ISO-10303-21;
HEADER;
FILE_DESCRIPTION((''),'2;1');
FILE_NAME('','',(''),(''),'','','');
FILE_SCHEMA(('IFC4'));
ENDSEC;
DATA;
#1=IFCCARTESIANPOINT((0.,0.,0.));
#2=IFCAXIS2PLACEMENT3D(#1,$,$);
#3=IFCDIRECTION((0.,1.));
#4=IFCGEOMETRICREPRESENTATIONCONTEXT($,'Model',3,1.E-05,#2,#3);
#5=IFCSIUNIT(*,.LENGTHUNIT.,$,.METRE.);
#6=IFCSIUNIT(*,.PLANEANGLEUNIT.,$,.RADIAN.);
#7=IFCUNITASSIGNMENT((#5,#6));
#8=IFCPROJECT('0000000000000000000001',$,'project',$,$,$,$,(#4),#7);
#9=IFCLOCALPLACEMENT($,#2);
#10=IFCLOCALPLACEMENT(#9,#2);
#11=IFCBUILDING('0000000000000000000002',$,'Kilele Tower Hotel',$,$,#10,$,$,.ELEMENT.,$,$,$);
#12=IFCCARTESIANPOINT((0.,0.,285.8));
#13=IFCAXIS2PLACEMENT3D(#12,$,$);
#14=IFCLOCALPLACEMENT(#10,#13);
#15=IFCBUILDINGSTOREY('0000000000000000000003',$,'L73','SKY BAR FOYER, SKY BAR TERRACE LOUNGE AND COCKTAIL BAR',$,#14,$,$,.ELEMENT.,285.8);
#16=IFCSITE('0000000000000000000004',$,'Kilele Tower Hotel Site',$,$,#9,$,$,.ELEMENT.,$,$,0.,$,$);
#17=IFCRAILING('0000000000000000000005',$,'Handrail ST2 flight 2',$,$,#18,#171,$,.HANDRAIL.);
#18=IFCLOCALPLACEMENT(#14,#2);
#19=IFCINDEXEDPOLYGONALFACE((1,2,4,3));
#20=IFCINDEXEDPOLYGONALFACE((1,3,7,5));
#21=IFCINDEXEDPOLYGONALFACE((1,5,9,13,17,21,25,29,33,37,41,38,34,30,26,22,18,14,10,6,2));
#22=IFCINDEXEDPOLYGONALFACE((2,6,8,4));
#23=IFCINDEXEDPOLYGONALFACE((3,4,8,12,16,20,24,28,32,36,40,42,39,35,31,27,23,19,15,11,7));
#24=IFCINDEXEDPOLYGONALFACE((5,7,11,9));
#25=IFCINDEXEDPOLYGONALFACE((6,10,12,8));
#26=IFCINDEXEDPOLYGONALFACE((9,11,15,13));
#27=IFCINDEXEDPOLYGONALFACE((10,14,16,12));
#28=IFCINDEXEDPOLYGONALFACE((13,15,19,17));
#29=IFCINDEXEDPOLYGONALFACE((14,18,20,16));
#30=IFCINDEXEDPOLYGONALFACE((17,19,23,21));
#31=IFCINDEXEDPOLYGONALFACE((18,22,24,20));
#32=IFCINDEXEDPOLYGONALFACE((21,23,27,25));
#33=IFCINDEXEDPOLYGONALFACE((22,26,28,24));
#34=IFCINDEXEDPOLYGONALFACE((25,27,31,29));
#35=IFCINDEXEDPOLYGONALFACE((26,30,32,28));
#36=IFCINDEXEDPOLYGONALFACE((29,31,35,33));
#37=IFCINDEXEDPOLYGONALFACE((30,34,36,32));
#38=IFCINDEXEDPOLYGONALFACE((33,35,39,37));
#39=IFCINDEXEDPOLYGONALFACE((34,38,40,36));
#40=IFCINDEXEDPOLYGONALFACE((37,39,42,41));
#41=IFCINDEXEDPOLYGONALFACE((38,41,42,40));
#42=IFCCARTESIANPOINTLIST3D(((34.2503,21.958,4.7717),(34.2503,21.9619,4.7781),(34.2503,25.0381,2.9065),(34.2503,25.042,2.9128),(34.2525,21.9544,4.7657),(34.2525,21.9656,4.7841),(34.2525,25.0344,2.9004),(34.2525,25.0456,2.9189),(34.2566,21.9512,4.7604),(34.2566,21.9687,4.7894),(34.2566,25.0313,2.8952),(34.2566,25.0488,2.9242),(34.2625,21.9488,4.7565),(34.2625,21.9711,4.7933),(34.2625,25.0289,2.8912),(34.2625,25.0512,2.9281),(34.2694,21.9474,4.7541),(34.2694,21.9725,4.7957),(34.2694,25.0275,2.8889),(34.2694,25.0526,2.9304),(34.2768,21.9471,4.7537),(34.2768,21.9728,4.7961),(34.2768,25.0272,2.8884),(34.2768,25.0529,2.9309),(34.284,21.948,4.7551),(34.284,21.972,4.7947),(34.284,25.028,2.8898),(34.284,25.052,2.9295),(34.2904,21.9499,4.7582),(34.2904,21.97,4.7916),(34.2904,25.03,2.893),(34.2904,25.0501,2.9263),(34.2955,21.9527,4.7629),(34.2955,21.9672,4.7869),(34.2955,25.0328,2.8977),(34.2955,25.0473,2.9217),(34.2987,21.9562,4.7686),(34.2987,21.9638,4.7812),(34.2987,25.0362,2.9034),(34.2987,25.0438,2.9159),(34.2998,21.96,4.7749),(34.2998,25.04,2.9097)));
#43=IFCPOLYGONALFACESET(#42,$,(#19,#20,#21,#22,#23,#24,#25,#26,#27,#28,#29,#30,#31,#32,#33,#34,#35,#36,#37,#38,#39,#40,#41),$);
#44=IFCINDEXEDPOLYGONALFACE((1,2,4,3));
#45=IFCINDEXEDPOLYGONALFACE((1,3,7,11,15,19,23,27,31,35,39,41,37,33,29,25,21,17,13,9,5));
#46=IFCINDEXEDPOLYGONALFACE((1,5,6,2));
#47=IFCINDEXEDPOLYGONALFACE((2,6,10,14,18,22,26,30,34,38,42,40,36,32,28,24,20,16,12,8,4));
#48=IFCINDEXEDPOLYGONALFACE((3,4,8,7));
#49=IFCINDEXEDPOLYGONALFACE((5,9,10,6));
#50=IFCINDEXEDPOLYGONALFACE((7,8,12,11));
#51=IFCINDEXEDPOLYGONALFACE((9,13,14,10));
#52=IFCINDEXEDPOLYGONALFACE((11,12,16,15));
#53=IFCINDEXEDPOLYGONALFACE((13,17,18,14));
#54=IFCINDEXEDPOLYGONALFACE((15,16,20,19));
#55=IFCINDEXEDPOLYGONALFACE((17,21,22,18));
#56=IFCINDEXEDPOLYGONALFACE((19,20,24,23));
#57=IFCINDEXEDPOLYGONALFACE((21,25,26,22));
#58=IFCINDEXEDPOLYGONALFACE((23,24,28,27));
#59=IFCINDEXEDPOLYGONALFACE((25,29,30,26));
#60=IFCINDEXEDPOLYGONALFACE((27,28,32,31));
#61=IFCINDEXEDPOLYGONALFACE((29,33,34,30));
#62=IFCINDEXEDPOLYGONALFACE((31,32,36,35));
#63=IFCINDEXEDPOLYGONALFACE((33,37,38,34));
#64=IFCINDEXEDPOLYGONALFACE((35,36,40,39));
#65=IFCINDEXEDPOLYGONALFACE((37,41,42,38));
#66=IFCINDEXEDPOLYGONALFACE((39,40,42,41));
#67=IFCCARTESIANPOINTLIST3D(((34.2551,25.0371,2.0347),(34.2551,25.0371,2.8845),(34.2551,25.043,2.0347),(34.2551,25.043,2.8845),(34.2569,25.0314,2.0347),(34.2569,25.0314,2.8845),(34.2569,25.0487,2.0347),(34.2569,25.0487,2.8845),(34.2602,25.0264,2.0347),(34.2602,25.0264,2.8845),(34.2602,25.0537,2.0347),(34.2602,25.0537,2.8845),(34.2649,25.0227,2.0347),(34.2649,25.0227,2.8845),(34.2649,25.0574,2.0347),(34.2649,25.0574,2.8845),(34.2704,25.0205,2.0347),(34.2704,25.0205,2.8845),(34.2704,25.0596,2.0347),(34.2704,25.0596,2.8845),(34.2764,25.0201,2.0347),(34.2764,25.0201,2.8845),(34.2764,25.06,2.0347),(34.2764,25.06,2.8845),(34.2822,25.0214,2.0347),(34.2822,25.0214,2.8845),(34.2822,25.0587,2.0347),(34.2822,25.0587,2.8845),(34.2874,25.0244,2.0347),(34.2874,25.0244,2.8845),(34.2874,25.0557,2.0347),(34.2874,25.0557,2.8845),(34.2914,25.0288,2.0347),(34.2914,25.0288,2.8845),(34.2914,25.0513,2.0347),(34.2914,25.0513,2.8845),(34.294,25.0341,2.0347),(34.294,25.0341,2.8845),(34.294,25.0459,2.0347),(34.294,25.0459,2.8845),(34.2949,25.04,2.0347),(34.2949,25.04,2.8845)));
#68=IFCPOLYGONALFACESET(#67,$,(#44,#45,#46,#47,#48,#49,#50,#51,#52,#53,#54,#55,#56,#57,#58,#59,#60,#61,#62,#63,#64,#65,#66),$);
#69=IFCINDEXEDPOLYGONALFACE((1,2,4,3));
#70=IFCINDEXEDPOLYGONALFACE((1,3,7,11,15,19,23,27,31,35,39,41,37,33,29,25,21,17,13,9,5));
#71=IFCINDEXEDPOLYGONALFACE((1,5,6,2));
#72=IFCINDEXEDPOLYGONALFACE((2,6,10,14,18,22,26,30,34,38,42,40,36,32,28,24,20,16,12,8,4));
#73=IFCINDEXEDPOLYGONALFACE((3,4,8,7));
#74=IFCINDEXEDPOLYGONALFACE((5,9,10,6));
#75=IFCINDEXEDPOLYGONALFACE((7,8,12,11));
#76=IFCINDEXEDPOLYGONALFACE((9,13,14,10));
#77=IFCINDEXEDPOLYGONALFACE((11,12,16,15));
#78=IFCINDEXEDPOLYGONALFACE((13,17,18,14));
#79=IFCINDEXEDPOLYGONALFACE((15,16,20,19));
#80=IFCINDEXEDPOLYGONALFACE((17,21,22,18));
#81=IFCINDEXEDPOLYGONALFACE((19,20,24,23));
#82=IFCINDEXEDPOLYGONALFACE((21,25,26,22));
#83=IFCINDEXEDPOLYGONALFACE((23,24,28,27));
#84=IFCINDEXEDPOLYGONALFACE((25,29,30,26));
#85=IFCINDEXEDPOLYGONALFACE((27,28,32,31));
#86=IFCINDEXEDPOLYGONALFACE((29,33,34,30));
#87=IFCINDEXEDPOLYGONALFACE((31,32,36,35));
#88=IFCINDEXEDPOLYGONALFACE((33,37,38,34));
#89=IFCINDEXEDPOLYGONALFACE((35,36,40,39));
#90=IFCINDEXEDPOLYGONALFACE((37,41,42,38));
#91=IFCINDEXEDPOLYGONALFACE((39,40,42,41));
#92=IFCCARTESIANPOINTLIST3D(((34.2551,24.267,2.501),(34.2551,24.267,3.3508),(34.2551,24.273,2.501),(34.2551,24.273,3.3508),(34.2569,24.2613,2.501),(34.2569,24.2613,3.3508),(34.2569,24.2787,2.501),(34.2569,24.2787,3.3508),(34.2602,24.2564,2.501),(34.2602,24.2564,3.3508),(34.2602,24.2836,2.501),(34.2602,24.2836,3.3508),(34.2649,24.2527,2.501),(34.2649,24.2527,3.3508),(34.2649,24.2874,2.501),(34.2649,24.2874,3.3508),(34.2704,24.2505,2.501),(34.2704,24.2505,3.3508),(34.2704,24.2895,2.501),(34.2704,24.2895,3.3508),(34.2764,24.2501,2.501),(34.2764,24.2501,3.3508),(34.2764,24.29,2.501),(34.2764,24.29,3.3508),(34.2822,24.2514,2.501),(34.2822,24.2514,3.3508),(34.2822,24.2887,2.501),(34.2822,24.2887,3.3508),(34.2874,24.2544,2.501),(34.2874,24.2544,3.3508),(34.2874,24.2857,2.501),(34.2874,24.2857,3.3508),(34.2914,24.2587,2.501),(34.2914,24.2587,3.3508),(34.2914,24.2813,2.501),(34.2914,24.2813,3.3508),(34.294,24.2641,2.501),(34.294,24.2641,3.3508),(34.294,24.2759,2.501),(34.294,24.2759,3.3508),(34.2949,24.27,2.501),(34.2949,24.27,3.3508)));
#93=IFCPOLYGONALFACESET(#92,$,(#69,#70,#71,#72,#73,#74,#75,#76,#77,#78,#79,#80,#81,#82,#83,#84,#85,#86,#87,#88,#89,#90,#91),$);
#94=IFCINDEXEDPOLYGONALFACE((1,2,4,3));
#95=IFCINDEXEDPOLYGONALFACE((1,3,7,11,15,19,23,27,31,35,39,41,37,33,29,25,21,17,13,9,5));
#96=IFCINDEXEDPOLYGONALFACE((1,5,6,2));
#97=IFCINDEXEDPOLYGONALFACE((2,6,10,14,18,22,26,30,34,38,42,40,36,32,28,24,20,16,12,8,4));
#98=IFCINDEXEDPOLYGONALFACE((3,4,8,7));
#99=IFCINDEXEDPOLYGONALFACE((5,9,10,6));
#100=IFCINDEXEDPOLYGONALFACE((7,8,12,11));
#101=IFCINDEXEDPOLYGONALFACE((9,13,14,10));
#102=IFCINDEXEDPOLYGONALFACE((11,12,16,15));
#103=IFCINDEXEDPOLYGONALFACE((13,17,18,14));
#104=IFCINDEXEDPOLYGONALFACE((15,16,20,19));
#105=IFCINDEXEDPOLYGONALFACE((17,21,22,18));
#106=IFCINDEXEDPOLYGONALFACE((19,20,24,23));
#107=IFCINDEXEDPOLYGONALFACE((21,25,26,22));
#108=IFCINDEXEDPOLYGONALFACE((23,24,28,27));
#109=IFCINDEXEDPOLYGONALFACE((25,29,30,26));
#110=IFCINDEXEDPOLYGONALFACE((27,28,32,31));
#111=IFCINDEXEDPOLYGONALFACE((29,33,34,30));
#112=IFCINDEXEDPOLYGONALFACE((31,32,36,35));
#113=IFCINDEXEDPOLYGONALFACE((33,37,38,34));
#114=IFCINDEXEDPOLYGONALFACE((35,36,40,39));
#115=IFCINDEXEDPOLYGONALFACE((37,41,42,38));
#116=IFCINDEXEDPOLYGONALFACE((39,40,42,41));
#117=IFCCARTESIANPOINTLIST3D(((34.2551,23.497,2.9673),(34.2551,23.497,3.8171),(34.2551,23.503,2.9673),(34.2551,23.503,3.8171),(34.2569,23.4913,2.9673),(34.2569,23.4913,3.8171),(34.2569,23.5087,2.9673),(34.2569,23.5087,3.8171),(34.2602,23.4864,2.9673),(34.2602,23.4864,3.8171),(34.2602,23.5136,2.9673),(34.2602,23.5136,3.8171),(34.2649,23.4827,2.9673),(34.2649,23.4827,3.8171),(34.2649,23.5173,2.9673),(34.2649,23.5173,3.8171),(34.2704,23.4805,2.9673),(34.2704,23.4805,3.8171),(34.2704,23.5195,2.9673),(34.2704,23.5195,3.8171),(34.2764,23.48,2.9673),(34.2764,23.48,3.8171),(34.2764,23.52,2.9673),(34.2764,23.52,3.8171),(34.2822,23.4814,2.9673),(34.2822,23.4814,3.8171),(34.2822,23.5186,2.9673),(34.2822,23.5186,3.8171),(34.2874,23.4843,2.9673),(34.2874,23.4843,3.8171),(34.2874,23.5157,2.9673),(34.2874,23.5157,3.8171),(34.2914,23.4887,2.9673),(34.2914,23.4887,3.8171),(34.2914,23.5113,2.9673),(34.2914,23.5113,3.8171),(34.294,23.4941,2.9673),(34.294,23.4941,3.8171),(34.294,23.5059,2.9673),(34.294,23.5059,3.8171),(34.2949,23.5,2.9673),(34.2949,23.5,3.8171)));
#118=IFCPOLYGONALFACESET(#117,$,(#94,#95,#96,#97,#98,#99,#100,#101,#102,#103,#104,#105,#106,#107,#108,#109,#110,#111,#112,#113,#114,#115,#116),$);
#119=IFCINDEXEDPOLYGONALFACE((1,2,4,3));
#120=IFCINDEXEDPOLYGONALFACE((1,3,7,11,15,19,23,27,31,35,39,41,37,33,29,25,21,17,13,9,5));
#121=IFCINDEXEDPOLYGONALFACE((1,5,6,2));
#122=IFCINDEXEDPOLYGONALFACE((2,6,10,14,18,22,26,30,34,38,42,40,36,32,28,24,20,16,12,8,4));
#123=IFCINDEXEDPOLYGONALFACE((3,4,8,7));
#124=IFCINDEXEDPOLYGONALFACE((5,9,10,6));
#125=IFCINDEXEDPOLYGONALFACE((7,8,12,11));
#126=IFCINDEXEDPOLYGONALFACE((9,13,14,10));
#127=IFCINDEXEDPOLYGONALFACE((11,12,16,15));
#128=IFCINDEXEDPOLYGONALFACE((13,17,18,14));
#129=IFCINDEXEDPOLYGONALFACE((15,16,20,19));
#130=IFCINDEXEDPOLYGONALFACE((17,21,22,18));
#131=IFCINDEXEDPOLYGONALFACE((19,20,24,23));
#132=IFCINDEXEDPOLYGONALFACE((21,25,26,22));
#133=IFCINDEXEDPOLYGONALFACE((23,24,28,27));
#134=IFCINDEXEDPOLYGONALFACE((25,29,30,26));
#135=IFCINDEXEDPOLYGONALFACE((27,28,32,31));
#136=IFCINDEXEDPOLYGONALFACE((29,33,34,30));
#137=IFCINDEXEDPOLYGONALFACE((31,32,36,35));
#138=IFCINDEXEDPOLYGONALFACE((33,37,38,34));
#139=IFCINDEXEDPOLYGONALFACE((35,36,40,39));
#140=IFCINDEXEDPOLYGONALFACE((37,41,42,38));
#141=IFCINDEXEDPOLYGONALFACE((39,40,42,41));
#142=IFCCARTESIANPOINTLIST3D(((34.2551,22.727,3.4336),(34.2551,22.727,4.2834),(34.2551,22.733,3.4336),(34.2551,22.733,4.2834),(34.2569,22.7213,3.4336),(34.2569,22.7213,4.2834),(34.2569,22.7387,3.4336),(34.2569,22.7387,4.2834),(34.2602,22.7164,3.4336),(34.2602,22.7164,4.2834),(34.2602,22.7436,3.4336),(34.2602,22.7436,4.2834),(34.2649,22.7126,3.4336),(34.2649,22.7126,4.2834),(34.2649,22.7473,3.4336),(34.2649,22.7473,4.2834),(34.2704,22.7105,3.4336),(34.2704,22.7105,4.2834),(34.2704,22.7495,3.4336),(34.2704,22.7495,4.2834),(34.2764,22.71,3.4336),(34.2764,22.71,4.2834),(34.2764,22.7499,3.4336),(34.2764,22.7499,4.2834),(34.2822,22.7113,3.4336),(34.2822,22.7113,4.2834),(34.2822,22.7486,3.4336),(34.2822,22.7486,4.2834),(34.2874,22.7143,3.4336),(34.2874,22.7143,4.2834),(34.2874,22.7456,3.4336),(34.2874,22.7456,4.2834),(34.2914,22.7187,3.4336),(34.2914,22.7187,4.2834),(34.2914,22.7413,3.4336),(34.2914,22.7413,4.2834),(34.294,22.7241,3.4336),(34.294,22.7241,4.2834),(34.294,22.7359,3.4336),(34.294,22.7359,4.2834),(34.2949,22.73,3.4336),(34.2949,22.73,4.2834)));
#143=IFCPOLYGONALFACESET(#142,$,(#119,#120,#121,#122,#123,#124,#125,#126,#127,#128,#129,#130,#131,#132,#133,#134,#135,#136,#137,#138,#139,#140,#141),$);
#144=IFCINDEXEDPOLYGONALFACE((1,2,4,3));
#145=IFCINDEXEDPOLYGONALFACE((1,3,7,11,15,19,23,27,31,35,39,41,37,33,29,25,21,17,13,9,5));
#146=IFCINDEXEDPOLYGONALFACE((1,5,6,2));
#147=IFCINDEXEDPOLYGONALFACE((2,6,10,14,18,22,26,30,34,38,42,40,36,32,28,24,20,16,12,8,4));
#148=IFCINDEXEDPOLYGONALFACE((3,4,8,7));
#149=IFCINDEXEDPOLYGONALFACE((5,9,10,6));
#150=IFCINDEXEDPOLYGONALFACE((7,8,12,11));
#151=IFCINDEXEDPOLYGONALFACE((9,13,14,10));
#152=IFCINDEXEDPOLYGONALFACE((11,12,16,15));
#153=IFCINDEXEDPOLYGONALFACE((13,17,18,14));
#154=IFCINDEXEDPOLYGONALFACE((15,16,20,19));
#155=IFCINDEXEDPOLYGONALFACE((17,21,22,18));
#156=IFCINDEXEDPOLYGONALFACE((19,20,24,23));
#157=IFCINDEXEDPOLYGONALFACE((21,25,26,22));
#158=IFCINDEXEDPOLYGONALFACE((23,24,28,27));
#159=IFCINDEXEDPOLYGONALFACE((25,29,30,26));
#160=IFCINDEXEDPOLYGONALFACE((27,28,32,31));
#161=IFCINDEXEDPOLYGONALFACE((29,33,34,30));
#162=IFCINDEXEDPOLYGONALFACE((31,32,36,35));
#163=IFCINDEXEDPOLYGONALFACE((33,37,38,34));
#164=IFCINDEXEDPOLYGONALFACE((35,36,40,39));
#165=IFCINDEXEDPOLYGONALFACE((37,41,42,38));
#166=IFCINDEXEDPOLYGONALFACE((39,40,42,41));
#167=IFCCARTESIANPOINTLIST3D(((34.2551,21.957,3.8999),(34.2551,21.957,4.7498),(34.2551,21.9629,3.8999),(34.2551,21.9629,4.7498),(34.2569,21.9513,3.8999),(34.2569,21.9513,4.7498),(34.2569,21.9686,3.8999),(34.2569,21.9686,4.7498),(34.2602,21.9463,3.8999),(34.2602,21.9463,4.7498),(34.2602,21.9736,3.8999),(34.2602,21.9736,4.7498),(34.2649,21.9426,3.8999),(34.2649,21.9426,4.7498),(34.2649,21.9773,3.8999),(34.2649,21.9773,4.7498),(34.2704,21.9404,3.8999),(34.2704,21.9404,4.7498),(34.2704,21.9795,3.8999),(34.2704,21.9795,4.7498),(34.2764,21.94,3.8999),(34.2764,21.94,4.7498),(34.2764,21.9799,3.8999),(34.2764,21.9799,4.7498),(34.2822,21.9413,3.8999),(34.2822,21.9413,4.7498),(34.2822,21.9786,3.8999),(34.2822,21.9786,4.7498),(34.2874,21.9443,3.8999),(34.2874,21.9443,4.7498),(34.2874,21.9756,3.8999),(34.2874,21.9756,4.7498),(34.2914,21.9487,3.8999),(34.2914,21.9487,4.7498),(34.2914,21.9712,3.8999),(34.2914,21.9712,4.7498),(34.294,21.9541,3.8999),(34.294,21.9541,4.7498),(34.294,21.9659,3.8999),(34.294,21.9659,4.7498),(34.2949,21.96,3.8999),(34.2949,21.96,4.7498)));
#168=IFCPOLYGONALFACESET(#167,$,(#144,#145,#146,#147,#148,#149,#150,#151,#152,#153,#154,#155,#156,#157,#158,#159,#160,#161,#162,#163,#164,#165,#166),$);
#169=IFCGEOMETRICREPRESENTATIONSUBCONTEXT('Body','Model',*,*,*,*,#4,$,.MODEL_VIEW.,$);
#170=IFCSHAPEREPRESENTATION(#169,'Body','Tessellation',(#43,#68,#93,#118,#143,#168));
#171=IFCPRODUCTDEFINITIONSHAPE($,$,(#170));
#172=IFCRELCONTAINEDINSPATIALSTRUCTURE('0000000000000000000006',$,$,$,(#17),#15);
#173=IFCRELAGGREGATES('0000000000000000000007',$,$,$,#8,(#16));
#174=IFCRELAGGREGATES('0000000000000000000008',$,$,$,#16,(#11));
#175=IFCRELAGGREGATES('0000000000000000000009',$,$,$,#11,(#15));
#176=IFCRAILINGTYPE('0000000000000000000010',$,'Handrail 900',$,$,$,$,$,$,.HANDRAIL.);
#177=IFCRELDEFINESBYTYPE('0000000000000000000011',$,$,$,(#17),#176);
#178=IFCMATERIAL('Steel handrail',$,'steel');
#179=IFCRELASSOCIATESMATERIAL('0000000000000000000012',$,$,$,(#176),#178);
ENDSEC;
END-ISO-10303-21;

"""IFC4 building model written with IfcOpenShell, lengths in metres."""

from ifc_helpers import new_model, si_unit, direction, frame, origin, origin_2d, place, context, subcontext, project, spatial, circle, extrude, material, type_object, element, save


model = new_model("IFC4")

# Units and contexts
model_context = context("Model", 3, precision=1e-05, world=origin(), true_north=direction((0.0, 1.0)))
body_context = subcontext(model_context, "Body", "Model", "MODEL_VIEW")
ifc_project = project(units=[si_unit("LENGTHUNIT", "METRE"), si_unit("PLANEANGLEUNIT", "RADIAN")], contexts=[model_context])

# Site, building, storey
site_placement = place(None, origin())
site = spatial("IfcSite", under=ifc_project, at=site_placement, Name="Kilele Tower Hotel Site", CompositionType="ELEMENT", RefElevation=0.0)
building_placement = place(site_placement, origin())
building = spatial("IfcBuilding", under=site, at=building_placement, Name="Kilele Tower Hotel", CompositionType="ELEMENT")
storey_placement = place(building_placement, frame((0.0, 0.0, 285.8)))
storey = spatial("IfcBuildingStorey", under=building, at=storey_placement, Name="L73", Description="SKY BAR FOYER, SKY BAR TERRACE LOUNGE AND COCKTAIL BAR", CompositionType="ELEMENT", Elevation=285.8)

# Railing
ifc_material_1 = material(Name="Steel handrail", Category="steel")
railing_type_1 = type_object("IfcRailingType", Name="Handrail 900", PredefinedType="HANDRAIL", material=ifc_material_1)
for number, where, name in (
    (1, (34.2749, 25.04, 2.0347), "Handrail ST2 flight 2"),
):
    element("IfcRailing", number, at=place(storey_placement, frame(where)), inside=storey, type_object=railing_type_1, Name=name, PredefinedType="HANDRAIL", context=body_context, shape_type="SweptSolid", body=[
        extrude(circle(Radius=0.0249, at=origin_2d()), frame((0.0, 0.0, 0.875), z_axis=(0.0, -0.85538, 0.518001), x_axis=(1.0, 0.0, 0.0)), (0.0, 0.0, 1.0), 3.6008),
        extrude(circle(Radius=0.02, at=origin_2d()), origin(), (0.0, 0.0, 1.0), 0.8499),
        extrude(circle(Radius=0.02, at=origin_2d()), frame((0.0, -0.77, 0.4663)), (0.0, 0.0, 1.0), 0.8499),
        extrude(circle(Radius=0.02, at=origin_2d()), frame((0.0, -1.54, 0.9326)), (0.0, 0.0, 1.0), 0.8499),
        extrude(circle(Radius=0.02, at=origin_2d()), frame((0.0, -2.3101, 1.3989)), (0.0, 0.0, 1.0), 0.8499),
        extrude(circle(Radius=0.02, at=origin_2d()), frame((0.0, -3.0801, 1.8652)), (0.0, 0.0, 1.0), 0.8499),
    ])

save(model, "model.ifc")
